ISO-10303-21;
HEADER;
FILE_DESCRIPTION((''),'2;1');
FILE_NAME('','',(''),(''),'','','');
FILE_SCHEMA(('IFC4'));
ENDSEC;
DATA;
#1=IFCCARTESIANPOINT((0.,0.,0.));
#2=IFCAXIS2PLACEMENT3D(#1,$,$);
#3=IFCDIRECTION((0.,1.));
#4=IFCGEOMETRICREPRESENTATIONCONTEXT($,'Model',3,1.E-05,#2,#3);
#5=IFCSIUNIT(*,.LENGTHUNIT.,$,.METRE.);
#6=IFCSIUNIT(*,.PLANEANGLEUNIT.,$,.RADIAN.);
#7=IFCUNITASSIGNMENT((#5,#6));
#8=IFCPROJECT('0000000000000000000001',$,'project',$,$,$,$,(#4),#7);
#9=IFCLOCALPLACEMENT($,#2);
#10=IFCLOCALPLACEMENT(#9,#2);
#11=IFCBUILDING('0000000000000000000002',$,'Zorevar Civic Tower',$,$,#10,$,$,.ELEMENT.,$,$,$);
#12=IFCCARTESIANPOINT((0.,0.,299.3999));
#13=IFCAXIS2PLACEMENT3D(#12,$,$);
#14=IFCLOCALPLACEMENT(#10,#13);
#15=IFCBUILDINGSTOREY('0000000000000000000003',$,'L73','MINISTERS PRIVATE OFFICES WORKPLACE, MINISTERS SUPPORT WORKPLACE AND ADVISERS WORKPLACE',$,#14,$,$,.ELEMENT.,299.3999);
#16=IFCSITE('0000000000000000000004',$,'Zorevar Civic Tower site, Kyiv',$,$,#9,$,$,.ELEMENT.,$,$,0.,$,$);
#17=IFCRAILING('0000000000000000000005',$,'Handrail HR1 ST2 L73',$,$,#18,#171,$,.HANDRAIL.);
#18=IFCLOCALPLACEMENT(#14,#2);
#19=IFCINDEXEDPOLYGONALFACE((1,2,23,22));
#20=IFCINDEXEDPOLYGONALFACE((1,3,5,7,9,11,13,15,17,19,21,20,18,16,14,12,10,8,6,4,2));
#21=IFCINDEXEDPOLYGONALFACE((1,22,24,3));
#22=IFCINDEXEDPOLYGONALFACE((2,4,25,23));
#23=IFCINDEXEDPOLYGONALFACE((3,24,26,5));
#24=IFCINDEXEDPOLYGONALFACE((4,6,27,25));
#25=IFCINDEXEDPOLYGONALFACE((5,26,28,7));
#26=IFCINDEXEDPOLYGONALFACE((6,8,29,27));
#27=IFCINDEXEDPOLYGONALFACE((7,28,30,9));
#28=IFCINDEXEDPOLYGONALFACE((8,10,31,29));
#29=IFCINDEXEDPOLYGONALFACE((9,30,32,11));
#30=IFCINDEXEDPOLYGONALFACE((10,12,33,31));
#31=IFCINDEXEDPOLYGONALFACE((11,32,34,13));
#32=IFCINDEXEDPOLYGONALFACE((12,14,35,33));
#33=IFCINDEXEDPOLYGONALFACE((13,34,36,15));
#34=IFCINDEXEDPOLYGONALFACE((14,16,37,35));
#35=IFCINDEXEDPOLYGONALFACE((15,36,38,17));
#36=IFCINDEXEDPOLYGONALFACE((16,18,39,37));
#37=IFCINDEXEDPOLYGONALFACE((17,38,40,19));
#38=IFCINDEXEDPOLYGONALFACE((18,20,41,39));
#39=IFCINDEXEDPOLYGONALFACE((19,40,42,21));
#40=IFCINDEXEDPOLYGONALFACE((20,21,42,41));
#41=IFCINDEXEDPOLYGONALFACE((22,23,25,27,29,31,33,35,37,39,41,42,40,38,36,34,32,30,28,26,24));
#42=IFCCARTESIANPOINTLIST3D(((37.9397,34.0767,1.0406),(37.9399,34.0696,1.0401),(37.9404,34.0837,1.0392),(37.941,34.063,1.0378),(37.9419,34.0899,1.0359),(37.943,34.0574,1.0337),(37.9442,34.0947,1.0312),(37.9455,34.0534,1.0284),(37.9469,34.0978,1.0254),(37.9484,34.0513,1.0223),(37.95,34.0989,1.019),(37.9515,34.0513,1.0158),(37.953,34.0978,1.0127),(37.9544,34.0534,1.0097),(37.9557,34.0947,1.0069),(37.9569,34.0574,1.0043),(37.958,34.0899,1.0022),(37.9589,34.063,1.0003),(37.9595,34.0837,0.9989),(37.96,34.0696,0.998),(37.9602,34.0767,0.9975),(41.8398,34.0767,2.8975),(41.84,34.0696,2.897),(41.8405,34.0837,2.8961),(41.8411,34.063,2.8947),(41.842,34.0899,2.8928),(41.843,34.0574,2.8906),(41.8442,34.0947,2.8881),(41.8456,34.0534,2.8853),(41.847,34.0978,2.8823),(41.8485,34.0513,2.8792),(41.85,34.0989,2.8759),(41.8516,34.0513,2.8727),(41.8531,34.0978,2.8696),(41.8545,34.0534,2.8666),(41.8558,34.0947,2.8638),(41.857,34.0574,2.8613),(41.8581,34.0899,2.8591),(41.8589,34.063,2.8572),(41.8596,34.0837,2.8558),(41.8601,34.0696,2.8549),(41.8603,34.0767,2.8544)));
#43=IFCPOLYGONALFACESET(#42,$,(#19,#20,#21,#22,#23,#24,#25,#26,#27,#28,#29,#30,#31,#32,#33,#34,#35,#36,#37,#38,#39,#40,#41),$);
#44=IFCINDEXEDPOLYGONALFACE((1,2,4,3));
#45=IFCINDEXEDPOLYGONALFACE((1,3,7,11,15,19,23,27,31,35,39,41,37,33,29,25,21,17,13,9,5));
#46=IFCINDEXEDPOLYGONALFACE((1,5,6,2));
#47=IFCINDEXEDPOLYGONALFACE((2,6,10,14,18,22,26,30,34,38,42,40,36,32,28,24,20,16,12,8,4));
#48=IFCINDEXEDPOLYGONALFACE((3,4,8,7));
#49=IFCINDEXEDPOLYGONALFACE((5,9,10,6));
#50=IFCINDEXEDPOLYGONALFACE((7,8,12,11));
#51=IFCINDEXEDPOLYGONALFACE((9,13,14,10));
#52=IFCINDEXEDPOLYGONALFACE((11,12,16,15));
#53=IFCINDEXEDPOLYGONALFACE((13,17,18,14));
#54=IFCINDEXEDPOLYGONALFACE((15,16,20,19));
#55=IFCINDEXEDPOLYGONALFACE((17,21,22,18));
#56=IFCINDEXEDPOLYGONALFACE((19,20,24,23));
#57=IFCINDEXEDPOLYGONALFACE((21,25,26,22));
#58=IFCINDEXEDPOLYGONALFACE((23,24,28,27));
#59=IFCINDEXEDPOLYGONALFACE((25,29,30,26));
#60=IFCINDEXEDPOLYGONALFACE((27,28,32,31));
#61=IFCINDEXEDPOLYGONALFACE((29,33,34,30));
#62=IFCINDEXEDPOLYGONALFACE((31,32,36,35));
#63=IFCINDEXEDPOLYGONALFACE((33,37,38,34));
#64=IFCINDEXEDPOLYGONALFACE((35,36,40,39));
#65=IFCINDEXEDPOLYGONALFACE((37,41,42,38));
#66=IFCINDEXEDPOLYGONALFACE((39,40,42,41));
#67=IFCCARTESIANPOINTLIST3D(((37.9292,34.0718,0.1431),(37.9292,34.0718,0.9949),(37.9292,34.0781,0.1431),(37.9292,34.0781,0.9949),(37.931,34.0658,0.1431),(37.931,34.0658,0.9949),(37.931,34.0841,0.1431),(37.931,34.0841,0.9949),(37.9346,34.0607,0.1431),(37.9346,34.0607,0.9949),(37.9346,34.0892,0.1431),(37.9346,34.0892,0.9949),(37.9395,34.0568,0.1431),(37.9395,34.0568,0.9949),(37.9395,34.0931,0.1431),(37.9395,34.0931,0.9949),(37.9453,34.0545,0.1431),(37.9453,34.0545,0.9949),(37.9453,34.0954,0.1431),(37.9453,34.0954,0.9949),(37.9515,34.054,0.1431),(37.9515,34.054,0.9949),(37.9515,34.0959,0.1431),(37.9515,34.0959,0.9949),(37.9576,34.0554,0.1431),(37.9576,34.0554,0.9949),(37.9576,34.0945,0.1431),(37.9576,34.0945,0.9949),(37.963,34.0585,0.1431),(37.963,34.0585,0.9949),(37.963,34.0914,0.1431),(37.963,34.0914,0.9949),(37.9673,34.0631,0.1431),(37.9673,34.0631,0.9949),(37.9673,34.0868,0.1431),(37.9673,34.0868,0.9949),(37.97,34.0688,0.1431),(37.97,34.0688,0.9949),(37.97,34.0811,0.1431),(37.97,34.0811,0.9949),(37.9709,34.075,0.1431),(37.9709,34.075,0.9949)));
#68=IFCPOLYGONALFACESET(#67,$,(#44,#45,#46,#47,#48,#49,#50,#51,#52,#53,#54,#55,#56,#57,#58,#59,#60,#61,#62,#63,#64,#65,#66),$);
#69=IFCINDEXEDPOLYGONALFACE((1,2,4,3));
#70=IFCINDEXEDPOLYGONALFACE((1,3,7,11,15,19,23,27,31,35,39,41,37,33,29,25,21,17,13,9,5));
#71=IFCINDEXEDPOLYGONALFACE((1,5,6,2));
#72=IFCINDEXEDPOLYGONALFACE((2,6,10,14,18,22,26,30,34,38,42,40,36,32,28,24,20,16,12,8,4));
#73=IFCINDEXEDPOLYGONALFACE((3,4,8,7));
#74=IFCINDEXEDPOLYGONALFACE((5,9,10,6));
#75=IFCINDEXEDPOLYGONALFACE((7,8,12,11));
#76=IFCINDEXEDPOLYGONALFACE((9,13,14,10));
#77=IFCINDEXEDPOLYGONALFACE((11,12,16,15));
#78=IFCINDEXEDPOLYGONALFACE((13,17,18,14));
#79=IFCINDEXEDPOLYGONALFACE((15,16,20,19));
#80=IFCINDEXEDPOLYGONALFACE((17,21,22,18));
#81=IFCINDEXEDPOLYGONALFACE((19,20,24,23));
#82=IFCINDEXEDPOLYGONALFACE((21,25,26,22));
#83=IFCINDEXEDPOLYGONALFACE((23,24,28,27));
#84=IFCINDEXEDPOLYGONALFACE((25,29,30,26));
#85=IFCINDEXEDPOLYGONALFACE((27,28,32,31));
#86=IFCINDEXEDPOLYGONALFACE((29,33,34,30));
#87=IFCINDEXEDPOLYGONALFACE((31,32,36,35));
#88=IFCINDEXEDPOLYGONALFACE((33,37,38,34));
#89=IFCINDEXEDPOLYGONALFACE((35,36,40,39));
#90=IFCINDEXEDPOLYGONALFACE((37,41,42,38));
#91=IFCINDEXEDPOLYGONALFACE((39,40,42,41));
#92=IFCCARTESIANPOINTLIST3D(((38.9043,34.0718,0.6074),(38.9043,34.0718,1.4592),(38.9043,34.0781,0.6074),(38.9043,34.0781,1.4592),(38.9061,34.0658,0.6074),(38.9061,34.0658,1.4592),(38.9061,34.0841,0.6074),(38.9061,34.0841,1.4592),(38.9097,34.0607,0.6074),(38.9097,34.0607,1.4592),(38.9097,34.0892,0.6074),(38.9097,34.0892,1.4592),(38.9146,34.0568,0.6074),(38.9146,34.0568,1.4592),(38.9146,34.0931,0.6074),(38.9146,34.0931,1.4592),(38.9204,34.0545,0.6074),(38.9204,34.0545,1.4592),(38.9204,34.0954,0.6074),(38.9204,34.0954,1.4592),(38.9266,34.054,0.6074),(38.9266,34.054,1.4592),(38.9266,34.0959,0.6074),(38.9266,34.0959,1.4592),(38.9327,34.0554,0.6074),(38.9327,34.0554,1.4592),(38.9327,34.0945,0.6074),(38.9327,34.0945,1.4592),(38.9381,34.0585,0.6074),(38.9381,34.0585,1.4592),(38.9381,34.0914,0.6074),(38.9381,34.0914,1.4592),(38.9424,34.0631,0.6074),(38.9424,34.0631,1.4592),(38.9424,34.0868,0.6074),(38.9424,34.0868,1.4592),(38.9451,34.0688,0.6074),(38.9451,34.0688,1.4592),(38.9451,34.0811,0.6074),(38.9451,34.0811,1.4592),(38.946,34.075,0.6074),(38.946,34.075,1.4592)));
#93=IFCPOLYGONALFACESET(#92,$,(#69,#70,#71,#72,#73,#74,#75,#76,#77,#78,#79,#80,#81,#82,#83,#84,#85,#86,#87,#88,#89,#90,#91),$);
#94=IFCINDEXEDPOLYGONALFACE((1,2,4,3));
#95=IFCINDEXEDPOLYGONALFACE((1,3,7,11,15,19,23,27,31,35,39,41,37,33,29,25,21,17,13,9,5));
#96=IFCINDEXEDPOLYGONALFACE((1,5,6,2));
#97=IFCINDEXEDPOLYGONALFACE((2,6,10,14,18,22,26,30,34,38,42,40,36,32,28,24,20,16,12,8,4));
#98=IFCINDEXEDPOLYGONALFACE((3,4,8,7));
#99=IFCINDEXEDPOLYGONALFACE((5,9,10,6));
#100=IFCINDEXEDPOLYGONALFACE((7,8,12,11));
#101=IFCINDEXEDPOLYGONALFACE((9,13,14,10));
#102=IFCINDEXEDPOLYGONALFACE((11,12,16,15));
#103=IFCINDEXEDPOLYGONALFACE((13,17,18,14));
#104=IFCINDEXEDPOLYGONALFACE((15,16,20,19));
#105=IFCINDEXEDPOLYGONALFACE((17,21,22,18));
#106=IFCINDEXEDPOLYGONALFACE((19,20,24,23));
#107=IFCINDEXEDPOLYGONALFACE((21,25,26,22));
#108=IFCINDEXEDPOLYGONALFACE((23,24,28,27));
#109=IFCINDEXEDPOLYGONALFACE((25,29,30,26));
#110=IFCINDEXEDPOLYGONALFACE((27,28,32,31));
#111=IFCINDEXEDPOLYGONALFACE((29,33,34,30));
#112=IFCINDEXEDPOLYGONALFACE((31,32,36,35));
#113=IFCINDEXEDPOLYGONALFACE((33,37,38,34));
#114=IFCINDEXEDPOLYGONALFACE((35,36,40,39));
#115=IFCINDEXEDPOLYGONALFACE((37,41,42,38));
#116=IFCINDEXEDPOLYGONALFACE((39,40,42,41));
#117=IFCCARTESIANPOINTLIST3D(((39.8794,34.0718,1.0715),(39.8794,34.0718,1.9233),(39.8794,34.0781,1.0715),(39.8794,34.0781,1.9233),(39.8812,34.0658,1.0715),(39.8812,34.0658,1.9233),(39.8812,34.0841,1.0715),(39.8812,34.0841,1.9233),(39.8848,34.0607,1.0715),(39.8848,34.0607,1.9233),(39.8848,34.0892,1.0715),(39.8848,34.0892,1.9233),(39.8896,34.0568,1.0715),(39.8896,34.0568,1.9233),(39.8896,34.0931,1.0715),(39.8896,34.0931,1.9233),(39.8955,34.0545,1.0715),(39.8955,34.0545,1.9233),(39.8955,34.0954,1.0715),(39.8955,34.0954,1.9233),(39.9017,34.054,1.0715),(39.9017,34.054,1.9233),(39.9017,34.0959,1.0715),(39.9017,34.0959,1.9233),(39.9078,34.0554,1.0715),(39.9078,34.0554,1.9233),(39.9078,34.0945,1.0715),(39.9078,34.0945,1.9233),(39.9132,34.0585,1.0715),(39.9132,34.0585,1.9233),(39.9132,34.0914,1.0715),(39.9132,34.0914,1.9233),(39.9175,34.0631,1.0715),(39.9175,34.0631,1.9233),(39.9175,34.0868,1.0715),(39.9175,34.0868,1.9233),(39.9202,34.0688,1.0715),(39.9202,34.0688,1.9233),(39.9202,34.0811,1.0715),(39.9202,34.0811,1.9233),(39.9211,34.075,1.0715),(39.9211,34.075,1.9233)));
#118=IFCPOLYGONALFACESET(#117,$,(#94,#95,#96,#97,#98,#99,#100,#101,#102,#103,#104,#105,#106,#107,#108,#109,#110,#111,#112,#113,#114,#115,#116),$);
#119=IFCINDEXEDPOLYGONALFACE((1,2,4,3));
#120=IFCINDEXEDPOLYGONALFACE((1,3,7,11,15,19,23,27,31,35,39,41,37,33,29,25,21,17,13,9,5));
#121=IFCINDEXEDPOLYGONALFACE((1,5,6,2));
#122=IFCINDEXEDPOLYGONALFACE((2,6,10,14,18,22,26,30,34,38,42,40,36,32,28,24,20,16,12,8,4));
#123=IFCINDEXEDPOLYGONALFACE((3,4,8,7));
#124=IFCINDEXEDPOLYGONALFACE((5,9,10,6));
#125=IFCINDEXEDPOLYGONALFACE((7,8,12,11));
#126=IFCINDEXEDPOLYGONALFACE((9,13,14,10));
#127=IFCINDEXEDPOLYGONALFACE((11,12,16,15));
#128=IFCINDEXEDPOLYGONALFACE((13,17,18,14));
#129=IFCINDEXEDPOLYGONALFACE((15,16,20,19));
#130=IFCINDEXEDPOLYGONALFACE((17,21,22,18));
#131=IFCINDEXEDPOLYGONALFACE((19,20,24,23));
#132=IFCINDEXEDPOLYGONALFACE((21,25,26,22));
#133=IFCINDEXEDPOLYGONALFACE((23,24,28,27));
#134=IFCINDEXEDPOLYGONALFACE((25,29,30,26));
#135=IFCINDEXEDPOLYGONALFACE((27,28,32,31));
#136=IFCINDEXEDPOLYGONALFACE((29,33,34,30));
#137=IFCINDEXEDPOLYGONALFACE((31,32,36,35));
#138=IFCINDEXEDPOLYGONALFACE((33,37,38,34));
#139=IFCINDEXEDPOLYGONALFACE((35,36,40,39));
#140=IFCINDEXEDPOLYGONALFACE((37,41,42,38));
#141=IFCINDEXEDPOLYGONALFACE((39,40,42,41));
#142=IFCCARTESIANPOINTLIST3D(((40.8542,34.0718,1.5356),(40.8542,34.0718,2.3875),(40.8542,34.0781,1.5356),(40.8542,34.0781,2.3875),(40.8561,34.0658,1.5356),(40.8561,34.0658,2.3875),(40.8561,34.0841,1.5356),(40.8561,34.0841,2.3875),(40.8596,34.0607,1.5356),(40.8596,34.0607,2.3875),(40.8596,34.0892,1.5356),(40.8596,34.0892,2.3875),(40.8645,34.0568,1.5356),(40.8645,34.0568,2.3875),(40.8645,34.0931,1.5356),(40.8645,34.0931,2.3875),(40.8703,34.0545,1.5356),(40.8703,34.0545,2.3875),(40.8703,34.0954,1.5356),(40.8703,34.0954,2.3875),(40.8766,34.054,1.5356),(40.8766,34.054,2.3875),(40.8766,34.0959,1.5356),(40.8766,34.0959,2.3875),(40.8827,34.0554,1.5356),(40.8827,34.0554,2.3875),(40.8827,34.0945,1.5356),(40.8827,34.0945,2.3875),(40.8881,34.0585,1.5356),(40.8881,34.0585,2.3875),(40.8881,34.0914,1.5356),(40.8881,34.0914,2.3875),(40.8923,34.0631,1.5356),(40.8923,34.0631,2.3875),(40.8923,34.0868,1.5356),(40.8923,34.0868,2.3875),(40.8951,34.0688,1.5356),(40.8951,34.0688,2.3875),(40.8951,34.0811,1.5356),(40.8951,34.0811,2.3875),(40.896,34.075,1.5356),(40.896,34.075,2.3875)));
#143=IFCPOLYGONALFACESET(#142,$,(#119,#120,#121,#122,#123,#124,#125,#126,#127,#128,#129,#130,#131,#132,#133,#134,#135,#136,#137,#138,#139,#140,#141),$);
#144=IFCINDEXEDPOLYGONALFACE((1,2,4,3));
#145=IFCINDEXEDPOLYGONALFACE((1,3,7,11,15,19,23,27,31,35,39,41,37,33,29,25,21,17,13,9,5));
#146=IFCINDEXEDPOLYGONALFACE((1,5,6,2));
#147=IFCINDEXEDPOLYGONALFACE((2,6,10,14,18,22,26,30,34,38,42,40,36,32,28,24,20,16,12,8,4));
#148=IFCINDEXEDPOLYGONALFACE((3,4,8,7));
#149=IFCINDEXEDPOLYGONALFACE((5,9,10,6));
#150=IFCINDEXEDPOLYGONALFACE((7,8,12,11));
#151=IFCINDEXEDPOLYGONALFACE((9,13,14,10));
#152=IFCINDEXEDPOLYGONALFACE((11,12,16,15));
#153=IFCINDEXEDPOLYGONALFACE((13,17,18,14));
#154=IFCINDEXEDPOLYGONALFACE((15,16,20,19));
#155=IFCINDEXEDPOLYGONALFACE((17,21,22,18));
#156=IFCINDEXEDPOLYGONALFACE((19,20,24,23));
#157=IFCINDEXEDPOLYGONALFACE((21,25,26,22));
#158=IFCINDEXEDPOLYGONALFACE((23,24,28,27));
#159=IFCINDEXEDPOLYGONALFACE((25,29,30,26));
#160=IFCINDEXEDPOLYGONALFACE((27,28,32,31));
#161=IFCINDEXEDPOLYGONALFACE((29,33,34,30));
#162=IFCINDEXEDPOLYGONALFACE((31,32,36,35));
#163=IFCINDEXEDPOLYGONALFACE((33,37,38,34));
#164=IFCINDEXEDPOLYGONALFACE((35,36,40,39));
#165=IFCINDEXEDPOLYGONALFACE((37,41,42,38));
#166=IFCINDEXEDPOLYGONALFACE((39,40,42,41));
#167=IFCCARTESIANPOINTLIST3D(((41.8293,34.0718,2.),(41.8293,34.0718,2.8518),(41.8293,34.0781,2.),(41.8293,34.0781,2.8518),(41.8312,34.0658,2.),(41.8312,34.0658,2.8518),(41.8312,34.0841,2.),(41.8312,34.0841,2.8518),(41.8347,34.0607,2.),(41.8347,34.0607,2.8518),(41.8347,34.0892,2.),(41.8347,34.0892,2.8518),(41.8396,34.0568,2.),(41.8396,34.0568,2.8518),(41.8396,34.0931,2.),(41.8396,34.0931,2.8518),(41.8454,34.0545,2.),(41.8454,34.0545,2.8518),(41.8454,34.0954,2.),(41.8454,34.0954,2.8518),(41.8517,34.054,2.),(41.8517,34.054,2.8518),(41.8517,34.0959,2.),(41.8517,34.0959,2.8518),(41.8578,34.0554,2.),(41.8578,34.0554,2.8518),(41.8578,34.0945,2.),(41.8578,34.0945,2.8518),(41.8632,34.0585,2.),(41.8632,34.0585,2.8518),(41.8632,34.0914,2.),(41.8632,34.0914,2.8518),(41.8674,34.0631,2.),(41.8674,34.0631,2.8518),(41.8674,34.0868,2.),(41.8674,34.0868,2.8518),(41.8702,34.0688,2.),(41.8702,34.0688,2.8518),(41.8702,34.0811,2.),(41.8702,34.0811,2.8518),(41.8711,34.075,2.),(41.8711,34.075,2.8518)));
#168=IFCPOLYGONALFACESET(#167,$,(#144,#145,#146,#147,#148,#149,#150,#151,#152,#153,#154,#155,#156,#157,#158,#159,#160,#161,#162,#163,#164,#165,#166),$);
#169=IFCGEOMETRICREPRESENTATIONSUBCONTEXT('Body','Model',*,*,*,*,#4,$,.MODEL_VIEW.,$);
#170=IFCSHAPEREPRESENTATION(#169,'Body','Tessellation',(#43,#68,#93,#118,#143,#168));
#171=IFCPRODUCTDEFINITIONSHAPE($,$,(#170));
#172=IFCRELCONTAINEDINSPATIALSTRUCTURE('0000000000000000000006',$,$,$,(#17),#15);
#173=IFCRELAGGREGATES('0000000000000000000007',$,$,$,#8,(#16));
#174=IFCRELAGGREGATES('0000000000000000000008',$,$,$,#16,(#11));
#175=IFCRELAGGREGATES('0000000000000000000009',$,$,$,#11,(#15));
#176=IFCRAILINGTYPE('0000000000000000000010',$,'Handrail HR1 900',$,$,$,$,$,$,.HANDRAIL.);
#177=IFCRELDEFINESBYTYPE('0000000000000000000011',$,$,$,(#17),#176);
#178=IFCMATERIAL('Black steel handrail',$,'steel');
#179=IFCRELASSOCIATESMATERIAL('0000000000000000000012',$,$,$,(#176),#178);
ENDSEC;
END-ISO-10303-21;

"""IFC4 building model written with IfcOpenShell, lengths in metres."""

from ifc_helpers import new_model, si_unit, direction, frame, origin, origin_2d, place, context, subcontext, project, spatial, circle, extrude, material, type_object, element, save


model = new_model("IFC4")

# Units and contexts
model_context = context("Model", 3, precision=1e-05, world=origin(), true_north=direction((0.0, 1.0)))
body_context = subcontext(model_context, "Body", "Model", "MODEL_VIEW")
ifc_project = project(units=[si_unit("LENGTHUNIT", "METRE"), si_unit("PLANEANGLEUNIT", "RADIAN")], contexts=[model_context])

# Site, building, storey
site_placement = place(None, origin())
site = spatial("IfcSite", under=ifc_project, at=site_placement, Name="Zorevar Civic Tower site, Kyiv", CompositionType="ELEMENT", RefElevation=0.0)
building_placement = place(site_placement, origin())
building = spatial("IfcBuilding", under=site, at=building_placement, Name="Zorevar Civic Tower", CompositionType="ELEMENT")
storey_placement = place(building_placement, frame((0.0, 0.0, 299.3999)))
storey = spatial("IfcBuildingStorey", under=building, at=storey_placement, Name="L73", Description="MINISTERS PRIVATE OFFICES WORKPLACE, MINISTERS SUPPORT WORKPLACE AND ADVISERS WORKPLACE", CompositionType="ELEMENT", Elevation=299.3999)

# Railing
ifc_material_1 = material(Name="Black steel handrail", Category="steel")
railing_type = type_object("IfcRailingType", Name="Handrail HR1 900", PredefinedType="HANDRAIL", material=ifc_material_1)
railing_1_placement = place(storey_placement, frame((37.95, 34.075, 0.1431)))
element("IfcRailing", 1, at=railing_1_placement, inside=storey, type_object=railing_type, Name="Handrail HR1 ST2 L73", PredefinedType="HANDRAIL", context=body_context, shape_type="SweptSolid", body=[
    extrude(circle(Radius=0.0239, at=origin_2d()), frame((0.0, 0.0, 0.876), z_axis=(0.902886, 0.0, 0.429881), x_axis=(0.0, 1.0, 0.0)), (0.0, 0.0, 1.0), 4.3196),
    extrude(circle(Radius=0.021, at=origin_2d()), origin(), (0.0, 0.0, 1.0), 0.8518),
    extrude(circle(Radius=0.021, at=origin_2d()), frame((0.9751, 0.0, 0.4644)), (0.0, 0.0, 1.0), 0.8518),
    extrude(circle(Radius=0.021, at=origin_2d()), frame((1.9502, 0.0, 0.9285)), (0.0, 0.0, 1.0), 0.8518),
    extrude(circle(Radius=0.021, at=origin_2d()), frame((2.925, 0.0, 1.3926)), (0.0, 0.0, 1.0), 0.8518),
    extrude(circle(Radius=0.021, at=origin_2d()), frame((3.9001, 0.0, 1.8569)), (0.0, 0.0, 1.0), 0.8518),
])

save(model, "model.ifc")
